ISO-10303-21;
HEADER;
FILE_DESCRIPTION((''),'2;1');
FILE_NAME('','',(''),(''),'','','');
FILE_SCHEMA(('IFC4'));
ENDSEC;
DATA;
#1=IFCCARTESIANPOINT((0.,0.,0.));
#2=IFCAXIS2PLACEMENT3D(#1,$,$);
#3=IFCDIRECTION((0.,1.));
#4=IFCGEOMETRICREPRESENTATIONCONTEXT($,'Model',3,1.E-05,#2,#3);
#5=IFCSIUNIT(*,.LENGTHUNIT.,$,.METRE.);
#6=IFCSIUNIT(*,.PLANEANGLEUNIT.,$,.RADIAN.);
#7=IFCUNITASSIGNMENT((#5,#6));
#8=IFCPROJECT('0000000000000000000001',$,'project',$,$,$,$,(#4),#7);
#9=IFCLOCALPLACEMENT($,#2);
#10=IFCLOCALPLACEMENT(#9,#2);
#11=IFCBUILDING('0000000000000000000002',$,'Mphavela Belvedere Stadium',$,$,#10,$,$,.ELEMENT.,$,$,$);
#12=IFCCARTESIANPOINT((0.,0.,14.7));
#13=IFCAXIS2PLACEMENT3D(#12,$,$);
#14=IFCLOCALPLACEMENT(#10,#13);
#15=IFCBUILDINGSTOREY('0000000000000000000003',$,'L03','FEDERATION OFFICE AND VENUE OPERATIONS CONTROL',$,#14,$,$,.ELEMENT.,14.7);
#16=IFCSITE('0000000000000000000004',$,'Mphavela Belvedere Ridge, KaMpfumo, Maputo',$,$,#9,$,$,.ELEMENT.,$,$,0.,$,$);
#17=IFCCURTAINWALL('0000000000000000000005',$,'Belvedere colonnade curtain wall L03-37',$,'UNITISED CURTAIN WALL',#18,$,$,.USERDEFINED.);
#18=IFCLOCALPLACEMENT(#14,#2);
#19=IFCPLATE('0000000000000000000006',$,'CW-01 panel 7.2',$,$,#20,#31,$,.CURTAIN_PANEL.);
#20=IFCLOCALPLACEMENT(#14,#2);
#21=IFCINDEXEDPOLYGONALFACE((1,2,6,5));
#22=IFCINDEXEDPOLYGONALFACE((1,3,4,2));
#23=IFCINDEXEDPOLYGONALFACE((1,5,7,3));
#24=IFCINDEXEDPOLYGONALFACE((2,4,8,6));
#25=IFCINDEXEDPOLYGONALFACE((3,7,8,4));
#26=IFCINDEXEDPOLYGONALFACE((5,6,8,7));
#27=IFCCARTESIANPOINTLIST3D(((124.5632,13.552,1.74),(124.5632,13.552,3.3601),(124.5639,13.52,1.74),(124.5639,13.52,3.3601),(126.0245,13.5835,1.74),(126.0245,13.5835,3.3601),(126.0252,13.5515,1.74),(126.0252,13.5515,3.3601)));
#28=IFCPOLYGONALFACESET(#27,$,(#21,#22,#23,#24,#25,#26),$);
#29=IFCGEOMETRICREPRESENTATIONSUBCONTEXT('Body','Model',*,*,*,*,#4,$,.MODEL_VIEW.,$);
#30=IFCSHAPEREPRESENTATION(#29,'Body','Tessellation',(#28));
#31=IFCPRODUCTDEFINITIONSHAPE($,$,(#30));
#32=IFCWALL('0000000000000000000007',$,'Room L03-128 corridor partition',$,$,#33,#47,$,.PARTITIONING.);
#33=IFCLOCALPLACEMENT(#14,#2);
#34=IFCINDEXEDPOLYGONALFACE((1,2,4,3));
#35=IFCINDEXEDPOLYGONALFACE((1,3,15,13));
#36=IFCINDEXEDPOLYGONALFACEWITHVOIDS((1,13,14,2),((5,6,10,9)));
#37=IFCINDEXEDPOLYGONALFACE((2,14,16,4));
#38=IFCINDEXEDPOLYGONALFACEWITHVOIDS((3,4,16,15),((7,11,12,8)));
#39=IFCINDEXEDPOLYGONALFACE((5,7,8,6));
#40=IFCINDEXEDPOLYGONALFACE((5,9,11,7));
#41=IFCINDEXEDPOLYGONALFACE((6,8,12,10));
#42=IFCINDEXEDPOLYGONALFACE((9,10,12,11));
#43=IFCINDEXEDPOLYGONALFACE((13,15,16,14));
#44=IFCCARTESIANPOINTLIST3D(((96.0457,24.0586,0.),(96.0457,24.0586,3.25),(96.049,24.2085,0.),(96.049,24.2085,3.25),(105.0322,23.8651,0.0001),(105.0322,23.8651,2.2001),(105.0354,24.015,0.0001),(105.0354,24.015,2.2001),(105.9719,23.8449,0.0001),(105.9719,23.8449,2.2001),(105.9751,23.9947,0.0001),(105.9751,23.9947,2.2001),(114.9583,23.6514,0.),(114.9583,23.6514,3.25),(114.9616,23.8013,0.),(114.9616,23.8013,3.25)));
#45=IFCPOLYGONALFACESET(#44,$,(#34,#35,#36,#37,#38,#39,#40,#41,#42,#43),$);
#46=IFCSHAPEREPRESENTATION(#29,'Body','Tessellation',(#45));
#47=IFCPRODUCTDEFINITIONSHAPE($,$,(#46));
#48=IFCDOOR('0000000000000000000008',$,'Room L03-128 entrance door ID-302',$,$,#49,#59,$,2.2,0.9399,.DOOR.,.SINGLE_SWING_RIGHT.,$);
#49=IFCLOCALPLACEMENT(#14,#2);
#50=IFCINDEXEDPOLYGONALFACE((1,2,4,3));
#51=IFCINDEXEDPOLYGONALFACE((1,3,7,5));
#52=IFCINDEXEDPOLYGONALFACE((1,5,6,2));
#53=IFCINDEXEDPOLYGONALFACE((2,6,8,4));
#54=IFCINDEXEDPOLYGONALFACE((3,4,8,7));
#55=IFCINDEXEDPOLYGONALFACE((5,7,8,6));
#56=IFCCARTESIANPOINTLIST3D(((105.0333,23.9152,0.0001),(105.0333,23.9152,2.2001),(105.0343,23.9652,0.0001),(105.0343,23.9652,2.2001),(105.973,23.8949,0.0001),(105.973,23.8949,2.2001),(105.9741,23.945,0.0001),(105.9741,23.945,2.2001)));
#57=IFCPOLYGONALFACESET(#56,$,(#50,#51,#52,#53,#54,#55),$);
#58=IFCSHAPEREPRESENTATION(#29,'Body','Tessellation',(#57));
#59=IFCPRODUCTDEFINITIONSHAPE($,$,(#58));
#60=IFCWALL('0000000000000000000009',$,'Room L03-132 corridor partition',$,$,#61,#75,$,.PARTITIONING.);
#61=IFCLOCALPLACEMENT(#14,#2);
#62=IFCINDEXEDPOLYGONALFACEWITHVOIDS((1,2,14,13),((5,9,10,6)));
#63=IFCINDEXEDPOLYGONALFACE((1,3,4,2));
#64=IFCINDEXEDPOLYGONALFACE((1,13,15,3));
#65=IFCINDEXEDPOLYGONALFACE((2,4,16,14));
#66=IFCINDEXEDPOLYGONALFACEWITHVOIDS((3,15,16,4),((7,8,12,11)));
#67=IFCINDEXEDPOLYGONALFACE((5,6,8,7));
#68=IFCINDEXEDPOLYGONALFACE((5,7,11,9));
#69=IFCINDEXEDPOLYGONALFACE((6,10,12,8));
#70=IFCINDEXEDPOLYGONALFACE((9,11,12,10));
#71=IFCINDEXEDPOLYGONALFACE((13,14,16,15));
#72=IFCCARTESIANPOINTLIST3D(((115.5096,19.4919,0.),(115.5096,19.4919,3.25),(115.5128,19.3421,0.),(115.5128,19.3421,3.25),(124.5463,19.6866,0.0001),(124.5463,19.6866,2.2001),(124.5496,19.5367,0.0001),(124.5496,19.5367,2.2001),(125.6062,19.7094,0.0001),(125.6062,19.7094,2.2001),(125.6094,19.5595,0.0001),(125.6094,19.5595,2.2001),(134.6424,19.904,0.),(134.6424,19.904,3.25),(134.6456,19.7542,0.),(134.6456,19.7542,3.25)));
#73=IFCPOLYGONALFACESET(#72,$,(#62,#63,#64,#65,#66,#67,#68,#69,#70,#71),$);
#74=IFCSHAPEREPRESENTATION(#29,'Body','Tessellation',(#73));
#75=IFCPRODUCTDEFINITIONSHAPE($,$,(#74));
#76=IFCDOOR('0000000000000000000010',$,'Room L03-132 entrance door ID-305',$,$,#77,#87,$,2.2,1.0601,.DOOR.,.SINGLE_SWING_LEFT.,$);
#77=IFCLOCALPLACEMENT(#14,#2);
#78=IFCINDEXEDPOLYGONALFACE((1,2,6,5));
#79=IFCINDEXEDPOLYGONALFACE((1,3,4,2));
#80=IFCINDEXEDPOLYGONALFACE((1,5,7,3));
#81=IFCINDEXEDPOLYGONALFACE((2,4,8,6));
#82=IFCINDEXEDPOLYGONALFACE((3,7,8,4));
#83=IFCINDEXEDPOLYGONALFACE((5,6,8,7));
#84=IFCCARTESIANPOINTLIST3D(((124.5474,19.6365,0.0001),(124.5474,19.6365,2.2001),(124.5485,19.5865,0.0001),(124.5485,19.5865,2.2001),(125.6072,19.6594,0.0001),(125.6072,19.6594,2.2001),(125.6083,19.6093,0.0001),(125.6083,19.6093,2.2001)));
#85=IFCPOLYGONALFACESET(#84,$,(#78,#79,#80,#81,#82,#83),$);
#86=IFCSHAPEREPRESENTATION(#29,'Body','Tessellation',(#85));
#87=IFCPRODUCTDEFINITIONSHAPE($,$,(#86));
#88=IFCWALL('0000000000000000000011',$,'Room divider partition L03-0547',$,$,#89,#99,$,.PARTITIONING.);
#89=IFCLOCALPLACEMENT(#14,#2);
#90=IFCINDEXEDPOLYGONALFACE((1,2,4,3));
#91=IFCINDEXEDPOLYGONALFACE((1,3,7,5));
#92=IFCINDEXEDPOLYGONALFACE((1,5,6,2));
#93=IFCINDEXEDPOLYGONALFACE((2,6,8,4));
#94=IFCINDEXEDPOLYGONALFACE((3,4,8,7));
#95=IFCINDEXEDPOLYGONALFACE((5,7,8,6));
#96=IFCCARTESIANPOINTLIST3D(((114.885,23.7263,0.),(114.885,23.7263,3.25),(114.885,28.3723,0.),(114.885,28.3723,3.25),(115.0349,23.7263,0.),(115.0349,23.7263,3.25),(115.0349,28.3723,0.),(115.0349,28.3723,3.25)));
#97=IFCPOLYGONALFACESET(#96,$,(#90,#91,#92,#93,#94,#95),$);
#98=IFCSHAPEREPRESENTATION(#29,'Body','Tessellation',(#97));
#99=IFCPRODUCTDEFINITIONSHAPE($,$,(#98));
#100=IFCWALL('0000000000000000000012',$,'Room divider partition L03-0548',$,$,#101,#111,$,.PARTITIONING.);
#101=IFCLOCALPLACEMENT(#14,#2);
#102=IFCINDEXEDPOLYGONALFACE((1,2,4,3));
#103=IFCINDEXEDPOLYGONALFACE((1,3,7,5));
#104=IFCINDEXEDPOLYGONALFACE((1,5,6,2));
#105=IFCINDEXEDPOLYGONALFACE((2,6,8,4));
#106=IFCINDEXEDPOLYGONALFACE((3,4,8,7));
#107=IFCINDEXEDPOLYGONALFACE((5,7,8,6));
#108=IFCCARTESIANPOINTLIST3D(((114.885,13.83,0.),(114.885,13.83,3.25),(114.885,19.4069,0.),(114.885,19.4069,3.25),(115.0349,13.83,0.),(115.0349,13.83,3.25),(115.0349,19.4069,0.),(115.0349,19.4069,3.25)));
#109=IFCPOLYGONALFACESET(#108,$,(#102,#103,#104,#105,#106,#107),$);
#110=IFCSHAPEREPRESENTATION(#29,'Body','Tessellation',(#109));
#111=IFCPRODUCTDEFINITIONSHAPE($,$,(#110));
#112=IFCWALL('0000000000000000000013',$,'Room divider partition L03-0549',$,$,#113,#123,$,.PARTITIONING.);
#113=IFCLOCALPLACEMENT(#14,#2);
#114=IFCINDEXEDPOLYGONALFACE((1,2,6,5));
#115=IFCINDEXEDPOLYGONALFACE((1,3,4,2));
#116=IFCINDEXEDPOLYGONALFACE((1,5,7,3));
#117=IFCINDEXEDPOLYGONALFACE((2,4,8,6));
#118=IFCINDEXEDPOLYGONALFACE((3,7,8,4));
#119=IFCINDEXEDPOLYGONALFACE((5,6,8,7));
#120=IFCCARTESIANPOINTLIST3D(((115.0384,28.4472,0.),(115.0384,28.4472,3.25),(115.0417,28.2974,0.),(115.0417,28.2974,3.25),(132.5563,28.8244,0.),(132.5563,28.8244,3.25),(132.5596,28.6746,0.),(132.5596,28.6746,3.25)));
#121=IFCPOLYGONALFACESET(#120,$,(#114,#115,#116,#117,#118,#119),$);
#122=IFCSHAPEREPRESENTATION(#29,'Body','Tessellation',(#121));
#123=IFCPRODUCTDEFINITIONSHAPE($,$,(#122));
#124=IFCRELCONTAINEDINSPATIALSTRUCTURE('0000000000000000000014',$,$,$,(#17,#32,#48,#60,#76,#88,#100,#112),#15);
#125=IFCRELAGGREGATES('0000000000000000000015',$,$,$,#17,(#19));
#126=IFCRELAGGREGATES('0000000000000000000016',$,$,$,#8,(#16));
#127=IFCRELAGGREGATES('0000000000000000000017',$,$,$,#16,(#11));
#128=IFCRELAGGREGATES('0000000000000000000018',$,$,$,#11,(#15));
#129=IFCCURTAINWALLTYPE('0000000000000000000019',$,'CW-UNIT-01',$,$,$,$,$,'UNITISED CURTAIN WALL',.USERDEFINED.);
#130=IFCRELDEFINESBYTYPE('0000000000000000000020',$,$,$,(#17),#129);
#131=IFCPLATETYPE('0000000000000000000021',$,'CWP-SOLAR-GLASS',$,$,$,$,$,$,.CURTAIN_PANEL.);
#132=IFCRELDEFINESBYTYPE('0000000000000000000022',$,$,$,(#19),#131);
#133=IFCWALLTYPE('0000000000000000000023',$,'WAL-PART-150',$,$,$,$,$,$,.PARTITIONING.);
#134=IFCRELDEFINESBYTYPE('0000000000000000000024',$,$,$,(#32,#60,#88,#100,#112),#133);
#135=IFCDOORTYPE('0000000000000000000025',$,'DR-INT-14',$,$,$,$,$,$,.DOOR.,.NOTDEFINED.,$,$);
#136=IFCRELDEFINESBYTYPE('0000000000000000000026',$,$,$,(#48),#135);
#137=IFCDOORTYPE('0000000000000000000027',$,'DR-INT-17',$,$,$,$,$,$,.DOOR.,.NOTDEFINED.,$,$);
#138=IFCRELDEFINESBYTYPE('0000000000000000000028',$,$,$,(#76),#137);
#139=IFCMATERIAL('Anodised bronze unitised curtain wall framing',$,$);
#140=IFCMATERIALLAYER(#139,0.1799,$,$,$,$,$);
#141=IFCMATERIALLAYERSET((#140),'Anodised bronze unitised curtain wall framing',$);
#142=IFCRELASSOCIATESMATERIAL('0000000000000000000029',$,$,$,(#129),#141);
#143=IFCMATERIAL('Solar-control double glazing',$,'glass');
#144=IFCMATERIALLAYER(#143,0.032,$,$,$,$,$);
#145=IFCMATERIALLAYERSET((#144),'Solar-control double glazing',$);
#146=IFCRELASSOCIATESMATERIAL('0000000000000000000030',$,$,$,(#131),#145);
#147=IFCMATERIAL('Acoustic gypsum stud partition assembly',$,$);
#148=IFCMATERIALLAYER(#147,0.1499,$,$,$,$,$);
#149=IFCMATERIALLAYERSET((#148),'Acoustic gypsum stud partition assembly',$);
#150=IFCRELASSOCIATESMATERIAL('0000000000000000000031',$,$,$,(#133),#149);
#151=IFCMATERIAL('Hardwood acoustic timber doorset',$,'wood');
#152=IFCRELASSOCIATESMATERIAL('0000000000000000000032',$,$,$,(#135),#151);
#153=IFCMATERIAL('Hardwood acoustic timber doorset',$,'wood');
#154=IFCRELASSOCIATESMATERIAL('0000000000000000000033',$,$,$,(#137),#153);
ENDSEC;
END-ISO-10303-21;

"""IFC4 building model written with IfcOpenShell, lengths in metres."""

from ifc_helpers import new_model, si_unit, direction, frame, frame_2d, origin, origin_2d, place, context, subcontext, project, spatial, rectangle, extrude, material, layer, layer_set, type_object, element, fill, aggregate, save


model = new_model("IFC4")

# Units and contexts
model_context = context("Model", 3, precision=1e-05, world=origin(), true_north=direction((0.0, 1.0)))
body_context = subcontext(model_context, "Body", "Model", "MODEL_VIEW")
ifc_project = project(units=[si_unit("LENGTHUNIT", "METRE"), si_unit("PLANEANGLEUNIT", "RADIAN")], contexts=[model_context])

# Site, building, storey
site_placement = place(None, origin())
site = spatial("IfcSite", under=ifc_project, at=site_placement, Name="Mphavela Belvedere Ridge, KaMpfumo, Maputo", CompositionType="ELEMENT", RefElevation=0.0)
building_placement = place(site_placement, origin())
building = spatial("IfcBuilding", under=site, at=building_placement, Name="Mphavela Belvedere Stadium", CompositionType="ELEMENT")
storey_placement = place(building_placement, frame((0.0, 0.0, 14.7)))
storey = spatial("IfcBuildingStorey", under=building, at=storey_placement, Name="L03", Description="FEDERATION OFFICE AND VENUE OPERATIONS CONTROL", CompositionType="ELEMENT", Elevation=14.7)

# Curtain wall
ifc_material_1 = material(Name="Anodised bronze unitised curtain wall framing")
ifc_layer_1 = layer(ifc_material_1, 0.1799)
ifc_layer_set_1 = layer_set([ifc_layer_1], Name="Anodised bronze unitised curtain wall framing")
curtain_wall_type_1 = type_object("IfcCurtainWallType", Name="CW-UNIT-01", ElementType="UNITISED CURTAIN WALL", PredefinedType="USERDEFINED", material=ifc_layer_set_1)
curtain_wall_1_placement = place(storey_placement, origin())
curtain_wall_1 = element("IfcCurtainWall", 1, at=curtain_wall_1_placement, inside=storey, type_object=curtain_wall_type_1, Name="Belvedere colonnade curtain wall L03-37", ObjectType="UNITISED CURTAIN WALL", PredefinedType="USERDEFINED")

# Plate
ifc_material_2 = material(Name="Solar-control double glazing", Category="glass")
ifc_layer_2 = layer(ifc_material_2, 0.032)
ifc_layer_set_2 = layer_set([ifc_layer_2], Name="Solar-control double glazing")
plate_type = type_object("IfcPlateType", Name="CWP-SOLAR-GLASS", PredefinedType="CURTAIN_PANEL", material=ifc_layer_set_2)
plate_1_placement = place(storey_placement, frame((125.2942, 13.5518, 1.74), z_axis=(0.0, 0.0, 1.0), x_axis=(0.999768, 0.021531, 0.0)))
plate_1 = element("IfcPlate", 2, at=plate_1_placement, type_object=plate_type, Name="CW-01 panel 7.2", PredefinedType="CURTAIN_PANEL", context=body_context, shape_type="SweptSolid", body=[
    extrude(rectangle(XDim=1.4617, YDim=0.032, at=origin_2d()), origin(), (0.0, 0.0, 1.0), 1.6201),
])
aggregate(curtain_wall_1, [plate_1])

# Walls, openings, doors
ifc_material_3 = material(Name="Acoustic gypsum stud partition assembly")
ifc_layer_3 = layer(ifc_material_3, 0.1499)
ifc_layer_set_3 = layer_set([ifc_layer_3], Name="Acoustic gypsum stud partition assembly")
wall_type = type_object("IfcWallType", Name="WAL-PART-150", PredefinedType="PARTITIONING", material=ifc_layer_set_3)
wall_1_placement = place(storey_placement, frame((114.96, 23.7263, 0.0), z_axis=(0.0, 0.0, 1.0), x_axis=(-0.999768, 0.021527, 0.0)))
wall_1 = element("IfcWall", 3, at=wall_1_placement, inside=storey, type_object=wall_type, Name="Room L03-128 corridor partition", PredefinedType="PARTITIONING", context=body_context, shape_type="SweptSolid", body=[
    extrude(rectangle(XDim=18.917, YDim=0.1499, at=frame_2d((9.4585, 0.0))), origin(), (0.0, 0.0, 1.0), 3.25),
])
opening_1_placement = place(wall_1_placement, frame((8.9885, 0.0, 0.0)))
opening_1 = element("IfcOpeningElement", 4, at=opening_1_placement, cuts=wall_1, PredefinedType="OPENING", context=body_context, shape_type="SweptSolid", body=[
    extrude(rectangle(XDim=0.9399, YDim=2.2, at=frame_2d((0.47, 1.1001))), frame((0.0, 0.085, 0.0), z_axis=(0.0, -1.0, 0.0), x_axis=(1.0, 0.0, 0.0)), (0.0, 0.0, 1.0), 0.1699),
])
ifc_material_4 = material(Name="Hardwood acoustic timber doorset", Category="wood")
door_type_1 = type_object("IfcDoorType", Name="DR-INT-14", OperationType="NOTDEFINED", PredefinedType="DOOR", material=ifc_material_4)
door_1_placement = place(opening_1_placement, origin())
door_1 = element("IfcDoor", 5, at=door_1_placement, inside=storey, type_object=door_type_1, Name="Room L03-128 entrance door ID-302", OperationType="SINGLE_SWING_RIGHT", OverallHeight=2.2, OverallWidth=0.9399, PredefinedType="DOOR", context=body_context, shape_type="SweptSolid", body=[
    extrude(rectangle(XDim=0.9399, YDim=2.2, at=frame_2d((0.47, 1.1001))), frame((0.0, 0.0249, 0.0), z_axis=(0.0, -1.0, 0.0), x_axis=(1.0, 0.0, 0.0)), (0.0, 0.0, 1.0), 0.05),
])
fill(opening_1, door_1)
wall_2_placement = place(storey_placement, frame((115.5112, 19.417, 0.0), z_axis=(0.0, 0.0, 1.0), x_axis=(0.999768, 0.021534, 0.0)))
wall_2 = element("IfcWall", 6, at=wall_2_placement, inside=storey, type_object=wall_type, Name="Room L03-132 corridor partition", PredefinedType="PARTITIONING", context=body_context, shape_type="SweptSolid", body=[
    extrude(rectangle(XDim=19.1372, YDim=0.1499, at=frame_2d((9.5686, 0.0))), origin(), (0.0, 0.0, 1.0), 3.25),
])
opening_2_placement = place(wall_2_placement, frame((9.0388, 0.0, 0.0)))
opening_2 = element("IfcOpeningElement", 7, at=opening_2_placement, cuts=wall_2, PredefinedType="OPENING", context=body_context, shape_type="SweptSolid", body=[
    extrude(rectangle(XDim=1.0601, YDim=2.2, at=frame_2d((0.53, 1.1001))), frame((0.0, 0.085, 0.0), z_axis=(0.0, -1.0, 0.0), x_axis=(1.0, 0.0, 0.0)), (0.0, 0.0, 1.0), 0.1699),
])
ifc_material_5 = material(Name="Hardwood acoustic timber doorset", Category="wood")
door_type_2 = type_object("IfcDoorType", Name="DR-INT-17", OperationType="NOTDEFINED", PredefinedType="DOOR", material=ifc_material_5)
door_2_placement = place(opening_2_placement, origin())
door_2 = element("IfcDoor", 8, at=door_2_placement, inside=storey, type_object=door_type_2, Name="Room L03-132 entrance door ID-305", OperationType="SINGLE_SWING_LEFT", OverallHeight=2.2, OverallWidth=1.0601, PredefinedType="DOOR", context=body_context, shape_type="SweptSolid", body=[
    extrude(rectangle(XDim=1.0601, YDim=2.2, at=frame_2d((0.53, 1.1001))), frame((0.0, 0.0249, 0.0), z_axis=(0.0, -1.0, 0.0), x_axis=(1.0, 0.0, 0.0)), (0.0, 0.0, 1.0), 0.05),
])
fill(opening_2, door_2)

# Walls
wall_3_placement = place(storey_placement, frame((114.96, 28.3723, 0.0), z_axis=(0.0, 0.0, 1.0), x_axis=(0.0, -1.0, 0.0)))
element("IfcWall", 9, at=wall_3_placement, inside=storey, type_object=wall_type, Name="Room divider partition L03-0547", PredefinedType="PARTITIONING", context=body_context, shape_type="SweptSolid", body=[
    extrude(rectangle(XDim=4.646, YDim=0.1499, at=frame_2d((2.323, 0.0))), origin(), (0.0, 0.0, 1.0), 3.25),
])
wall_4_placement = place(storey_placement, frame((114.96, 19.407, 0.0), z_axis=(0.0, 0.0, 1.0), x_axis=(0.0, -1.0, 0.0)))
element("IfcWall", 10, at=wall_4_placement, inside=storey, type_object=wall_type, Name="Room divider partition L03-0548", PredefinedType="PARTITIONING", context=body_context, shape_type="SweptSolid", body=[
    extrude(rectangle(XDim=5.5769, YDim=0.1499, at=frame_2d((2.7886, 0.0))), origin(), (0.0, 0.0, 1.0), 3.25),
])
wall_5_placement = place(storey_placement, frame((115.04, 28.3723, 0.0), z_axis=(0.0, 0.0, 1.0), x_axis=(0.999768, 0.021527, 0.0)))
element("IfcWall", 11, at=wall_5_placement, inside=storey, type_object=wall_type, Name="Room divider partition L03-0549", PredefinedType="PARTITIONING", context=body_context, shape_type="SweptSolid", body=[
    extrude(rectangle(XDim=17.522, YDim=0.1499, at=frame_2d((8.761, 0.0))), origin(), (0.0, 0.0, 1.0), 3.25),
])

save(model, "model.ifc")
